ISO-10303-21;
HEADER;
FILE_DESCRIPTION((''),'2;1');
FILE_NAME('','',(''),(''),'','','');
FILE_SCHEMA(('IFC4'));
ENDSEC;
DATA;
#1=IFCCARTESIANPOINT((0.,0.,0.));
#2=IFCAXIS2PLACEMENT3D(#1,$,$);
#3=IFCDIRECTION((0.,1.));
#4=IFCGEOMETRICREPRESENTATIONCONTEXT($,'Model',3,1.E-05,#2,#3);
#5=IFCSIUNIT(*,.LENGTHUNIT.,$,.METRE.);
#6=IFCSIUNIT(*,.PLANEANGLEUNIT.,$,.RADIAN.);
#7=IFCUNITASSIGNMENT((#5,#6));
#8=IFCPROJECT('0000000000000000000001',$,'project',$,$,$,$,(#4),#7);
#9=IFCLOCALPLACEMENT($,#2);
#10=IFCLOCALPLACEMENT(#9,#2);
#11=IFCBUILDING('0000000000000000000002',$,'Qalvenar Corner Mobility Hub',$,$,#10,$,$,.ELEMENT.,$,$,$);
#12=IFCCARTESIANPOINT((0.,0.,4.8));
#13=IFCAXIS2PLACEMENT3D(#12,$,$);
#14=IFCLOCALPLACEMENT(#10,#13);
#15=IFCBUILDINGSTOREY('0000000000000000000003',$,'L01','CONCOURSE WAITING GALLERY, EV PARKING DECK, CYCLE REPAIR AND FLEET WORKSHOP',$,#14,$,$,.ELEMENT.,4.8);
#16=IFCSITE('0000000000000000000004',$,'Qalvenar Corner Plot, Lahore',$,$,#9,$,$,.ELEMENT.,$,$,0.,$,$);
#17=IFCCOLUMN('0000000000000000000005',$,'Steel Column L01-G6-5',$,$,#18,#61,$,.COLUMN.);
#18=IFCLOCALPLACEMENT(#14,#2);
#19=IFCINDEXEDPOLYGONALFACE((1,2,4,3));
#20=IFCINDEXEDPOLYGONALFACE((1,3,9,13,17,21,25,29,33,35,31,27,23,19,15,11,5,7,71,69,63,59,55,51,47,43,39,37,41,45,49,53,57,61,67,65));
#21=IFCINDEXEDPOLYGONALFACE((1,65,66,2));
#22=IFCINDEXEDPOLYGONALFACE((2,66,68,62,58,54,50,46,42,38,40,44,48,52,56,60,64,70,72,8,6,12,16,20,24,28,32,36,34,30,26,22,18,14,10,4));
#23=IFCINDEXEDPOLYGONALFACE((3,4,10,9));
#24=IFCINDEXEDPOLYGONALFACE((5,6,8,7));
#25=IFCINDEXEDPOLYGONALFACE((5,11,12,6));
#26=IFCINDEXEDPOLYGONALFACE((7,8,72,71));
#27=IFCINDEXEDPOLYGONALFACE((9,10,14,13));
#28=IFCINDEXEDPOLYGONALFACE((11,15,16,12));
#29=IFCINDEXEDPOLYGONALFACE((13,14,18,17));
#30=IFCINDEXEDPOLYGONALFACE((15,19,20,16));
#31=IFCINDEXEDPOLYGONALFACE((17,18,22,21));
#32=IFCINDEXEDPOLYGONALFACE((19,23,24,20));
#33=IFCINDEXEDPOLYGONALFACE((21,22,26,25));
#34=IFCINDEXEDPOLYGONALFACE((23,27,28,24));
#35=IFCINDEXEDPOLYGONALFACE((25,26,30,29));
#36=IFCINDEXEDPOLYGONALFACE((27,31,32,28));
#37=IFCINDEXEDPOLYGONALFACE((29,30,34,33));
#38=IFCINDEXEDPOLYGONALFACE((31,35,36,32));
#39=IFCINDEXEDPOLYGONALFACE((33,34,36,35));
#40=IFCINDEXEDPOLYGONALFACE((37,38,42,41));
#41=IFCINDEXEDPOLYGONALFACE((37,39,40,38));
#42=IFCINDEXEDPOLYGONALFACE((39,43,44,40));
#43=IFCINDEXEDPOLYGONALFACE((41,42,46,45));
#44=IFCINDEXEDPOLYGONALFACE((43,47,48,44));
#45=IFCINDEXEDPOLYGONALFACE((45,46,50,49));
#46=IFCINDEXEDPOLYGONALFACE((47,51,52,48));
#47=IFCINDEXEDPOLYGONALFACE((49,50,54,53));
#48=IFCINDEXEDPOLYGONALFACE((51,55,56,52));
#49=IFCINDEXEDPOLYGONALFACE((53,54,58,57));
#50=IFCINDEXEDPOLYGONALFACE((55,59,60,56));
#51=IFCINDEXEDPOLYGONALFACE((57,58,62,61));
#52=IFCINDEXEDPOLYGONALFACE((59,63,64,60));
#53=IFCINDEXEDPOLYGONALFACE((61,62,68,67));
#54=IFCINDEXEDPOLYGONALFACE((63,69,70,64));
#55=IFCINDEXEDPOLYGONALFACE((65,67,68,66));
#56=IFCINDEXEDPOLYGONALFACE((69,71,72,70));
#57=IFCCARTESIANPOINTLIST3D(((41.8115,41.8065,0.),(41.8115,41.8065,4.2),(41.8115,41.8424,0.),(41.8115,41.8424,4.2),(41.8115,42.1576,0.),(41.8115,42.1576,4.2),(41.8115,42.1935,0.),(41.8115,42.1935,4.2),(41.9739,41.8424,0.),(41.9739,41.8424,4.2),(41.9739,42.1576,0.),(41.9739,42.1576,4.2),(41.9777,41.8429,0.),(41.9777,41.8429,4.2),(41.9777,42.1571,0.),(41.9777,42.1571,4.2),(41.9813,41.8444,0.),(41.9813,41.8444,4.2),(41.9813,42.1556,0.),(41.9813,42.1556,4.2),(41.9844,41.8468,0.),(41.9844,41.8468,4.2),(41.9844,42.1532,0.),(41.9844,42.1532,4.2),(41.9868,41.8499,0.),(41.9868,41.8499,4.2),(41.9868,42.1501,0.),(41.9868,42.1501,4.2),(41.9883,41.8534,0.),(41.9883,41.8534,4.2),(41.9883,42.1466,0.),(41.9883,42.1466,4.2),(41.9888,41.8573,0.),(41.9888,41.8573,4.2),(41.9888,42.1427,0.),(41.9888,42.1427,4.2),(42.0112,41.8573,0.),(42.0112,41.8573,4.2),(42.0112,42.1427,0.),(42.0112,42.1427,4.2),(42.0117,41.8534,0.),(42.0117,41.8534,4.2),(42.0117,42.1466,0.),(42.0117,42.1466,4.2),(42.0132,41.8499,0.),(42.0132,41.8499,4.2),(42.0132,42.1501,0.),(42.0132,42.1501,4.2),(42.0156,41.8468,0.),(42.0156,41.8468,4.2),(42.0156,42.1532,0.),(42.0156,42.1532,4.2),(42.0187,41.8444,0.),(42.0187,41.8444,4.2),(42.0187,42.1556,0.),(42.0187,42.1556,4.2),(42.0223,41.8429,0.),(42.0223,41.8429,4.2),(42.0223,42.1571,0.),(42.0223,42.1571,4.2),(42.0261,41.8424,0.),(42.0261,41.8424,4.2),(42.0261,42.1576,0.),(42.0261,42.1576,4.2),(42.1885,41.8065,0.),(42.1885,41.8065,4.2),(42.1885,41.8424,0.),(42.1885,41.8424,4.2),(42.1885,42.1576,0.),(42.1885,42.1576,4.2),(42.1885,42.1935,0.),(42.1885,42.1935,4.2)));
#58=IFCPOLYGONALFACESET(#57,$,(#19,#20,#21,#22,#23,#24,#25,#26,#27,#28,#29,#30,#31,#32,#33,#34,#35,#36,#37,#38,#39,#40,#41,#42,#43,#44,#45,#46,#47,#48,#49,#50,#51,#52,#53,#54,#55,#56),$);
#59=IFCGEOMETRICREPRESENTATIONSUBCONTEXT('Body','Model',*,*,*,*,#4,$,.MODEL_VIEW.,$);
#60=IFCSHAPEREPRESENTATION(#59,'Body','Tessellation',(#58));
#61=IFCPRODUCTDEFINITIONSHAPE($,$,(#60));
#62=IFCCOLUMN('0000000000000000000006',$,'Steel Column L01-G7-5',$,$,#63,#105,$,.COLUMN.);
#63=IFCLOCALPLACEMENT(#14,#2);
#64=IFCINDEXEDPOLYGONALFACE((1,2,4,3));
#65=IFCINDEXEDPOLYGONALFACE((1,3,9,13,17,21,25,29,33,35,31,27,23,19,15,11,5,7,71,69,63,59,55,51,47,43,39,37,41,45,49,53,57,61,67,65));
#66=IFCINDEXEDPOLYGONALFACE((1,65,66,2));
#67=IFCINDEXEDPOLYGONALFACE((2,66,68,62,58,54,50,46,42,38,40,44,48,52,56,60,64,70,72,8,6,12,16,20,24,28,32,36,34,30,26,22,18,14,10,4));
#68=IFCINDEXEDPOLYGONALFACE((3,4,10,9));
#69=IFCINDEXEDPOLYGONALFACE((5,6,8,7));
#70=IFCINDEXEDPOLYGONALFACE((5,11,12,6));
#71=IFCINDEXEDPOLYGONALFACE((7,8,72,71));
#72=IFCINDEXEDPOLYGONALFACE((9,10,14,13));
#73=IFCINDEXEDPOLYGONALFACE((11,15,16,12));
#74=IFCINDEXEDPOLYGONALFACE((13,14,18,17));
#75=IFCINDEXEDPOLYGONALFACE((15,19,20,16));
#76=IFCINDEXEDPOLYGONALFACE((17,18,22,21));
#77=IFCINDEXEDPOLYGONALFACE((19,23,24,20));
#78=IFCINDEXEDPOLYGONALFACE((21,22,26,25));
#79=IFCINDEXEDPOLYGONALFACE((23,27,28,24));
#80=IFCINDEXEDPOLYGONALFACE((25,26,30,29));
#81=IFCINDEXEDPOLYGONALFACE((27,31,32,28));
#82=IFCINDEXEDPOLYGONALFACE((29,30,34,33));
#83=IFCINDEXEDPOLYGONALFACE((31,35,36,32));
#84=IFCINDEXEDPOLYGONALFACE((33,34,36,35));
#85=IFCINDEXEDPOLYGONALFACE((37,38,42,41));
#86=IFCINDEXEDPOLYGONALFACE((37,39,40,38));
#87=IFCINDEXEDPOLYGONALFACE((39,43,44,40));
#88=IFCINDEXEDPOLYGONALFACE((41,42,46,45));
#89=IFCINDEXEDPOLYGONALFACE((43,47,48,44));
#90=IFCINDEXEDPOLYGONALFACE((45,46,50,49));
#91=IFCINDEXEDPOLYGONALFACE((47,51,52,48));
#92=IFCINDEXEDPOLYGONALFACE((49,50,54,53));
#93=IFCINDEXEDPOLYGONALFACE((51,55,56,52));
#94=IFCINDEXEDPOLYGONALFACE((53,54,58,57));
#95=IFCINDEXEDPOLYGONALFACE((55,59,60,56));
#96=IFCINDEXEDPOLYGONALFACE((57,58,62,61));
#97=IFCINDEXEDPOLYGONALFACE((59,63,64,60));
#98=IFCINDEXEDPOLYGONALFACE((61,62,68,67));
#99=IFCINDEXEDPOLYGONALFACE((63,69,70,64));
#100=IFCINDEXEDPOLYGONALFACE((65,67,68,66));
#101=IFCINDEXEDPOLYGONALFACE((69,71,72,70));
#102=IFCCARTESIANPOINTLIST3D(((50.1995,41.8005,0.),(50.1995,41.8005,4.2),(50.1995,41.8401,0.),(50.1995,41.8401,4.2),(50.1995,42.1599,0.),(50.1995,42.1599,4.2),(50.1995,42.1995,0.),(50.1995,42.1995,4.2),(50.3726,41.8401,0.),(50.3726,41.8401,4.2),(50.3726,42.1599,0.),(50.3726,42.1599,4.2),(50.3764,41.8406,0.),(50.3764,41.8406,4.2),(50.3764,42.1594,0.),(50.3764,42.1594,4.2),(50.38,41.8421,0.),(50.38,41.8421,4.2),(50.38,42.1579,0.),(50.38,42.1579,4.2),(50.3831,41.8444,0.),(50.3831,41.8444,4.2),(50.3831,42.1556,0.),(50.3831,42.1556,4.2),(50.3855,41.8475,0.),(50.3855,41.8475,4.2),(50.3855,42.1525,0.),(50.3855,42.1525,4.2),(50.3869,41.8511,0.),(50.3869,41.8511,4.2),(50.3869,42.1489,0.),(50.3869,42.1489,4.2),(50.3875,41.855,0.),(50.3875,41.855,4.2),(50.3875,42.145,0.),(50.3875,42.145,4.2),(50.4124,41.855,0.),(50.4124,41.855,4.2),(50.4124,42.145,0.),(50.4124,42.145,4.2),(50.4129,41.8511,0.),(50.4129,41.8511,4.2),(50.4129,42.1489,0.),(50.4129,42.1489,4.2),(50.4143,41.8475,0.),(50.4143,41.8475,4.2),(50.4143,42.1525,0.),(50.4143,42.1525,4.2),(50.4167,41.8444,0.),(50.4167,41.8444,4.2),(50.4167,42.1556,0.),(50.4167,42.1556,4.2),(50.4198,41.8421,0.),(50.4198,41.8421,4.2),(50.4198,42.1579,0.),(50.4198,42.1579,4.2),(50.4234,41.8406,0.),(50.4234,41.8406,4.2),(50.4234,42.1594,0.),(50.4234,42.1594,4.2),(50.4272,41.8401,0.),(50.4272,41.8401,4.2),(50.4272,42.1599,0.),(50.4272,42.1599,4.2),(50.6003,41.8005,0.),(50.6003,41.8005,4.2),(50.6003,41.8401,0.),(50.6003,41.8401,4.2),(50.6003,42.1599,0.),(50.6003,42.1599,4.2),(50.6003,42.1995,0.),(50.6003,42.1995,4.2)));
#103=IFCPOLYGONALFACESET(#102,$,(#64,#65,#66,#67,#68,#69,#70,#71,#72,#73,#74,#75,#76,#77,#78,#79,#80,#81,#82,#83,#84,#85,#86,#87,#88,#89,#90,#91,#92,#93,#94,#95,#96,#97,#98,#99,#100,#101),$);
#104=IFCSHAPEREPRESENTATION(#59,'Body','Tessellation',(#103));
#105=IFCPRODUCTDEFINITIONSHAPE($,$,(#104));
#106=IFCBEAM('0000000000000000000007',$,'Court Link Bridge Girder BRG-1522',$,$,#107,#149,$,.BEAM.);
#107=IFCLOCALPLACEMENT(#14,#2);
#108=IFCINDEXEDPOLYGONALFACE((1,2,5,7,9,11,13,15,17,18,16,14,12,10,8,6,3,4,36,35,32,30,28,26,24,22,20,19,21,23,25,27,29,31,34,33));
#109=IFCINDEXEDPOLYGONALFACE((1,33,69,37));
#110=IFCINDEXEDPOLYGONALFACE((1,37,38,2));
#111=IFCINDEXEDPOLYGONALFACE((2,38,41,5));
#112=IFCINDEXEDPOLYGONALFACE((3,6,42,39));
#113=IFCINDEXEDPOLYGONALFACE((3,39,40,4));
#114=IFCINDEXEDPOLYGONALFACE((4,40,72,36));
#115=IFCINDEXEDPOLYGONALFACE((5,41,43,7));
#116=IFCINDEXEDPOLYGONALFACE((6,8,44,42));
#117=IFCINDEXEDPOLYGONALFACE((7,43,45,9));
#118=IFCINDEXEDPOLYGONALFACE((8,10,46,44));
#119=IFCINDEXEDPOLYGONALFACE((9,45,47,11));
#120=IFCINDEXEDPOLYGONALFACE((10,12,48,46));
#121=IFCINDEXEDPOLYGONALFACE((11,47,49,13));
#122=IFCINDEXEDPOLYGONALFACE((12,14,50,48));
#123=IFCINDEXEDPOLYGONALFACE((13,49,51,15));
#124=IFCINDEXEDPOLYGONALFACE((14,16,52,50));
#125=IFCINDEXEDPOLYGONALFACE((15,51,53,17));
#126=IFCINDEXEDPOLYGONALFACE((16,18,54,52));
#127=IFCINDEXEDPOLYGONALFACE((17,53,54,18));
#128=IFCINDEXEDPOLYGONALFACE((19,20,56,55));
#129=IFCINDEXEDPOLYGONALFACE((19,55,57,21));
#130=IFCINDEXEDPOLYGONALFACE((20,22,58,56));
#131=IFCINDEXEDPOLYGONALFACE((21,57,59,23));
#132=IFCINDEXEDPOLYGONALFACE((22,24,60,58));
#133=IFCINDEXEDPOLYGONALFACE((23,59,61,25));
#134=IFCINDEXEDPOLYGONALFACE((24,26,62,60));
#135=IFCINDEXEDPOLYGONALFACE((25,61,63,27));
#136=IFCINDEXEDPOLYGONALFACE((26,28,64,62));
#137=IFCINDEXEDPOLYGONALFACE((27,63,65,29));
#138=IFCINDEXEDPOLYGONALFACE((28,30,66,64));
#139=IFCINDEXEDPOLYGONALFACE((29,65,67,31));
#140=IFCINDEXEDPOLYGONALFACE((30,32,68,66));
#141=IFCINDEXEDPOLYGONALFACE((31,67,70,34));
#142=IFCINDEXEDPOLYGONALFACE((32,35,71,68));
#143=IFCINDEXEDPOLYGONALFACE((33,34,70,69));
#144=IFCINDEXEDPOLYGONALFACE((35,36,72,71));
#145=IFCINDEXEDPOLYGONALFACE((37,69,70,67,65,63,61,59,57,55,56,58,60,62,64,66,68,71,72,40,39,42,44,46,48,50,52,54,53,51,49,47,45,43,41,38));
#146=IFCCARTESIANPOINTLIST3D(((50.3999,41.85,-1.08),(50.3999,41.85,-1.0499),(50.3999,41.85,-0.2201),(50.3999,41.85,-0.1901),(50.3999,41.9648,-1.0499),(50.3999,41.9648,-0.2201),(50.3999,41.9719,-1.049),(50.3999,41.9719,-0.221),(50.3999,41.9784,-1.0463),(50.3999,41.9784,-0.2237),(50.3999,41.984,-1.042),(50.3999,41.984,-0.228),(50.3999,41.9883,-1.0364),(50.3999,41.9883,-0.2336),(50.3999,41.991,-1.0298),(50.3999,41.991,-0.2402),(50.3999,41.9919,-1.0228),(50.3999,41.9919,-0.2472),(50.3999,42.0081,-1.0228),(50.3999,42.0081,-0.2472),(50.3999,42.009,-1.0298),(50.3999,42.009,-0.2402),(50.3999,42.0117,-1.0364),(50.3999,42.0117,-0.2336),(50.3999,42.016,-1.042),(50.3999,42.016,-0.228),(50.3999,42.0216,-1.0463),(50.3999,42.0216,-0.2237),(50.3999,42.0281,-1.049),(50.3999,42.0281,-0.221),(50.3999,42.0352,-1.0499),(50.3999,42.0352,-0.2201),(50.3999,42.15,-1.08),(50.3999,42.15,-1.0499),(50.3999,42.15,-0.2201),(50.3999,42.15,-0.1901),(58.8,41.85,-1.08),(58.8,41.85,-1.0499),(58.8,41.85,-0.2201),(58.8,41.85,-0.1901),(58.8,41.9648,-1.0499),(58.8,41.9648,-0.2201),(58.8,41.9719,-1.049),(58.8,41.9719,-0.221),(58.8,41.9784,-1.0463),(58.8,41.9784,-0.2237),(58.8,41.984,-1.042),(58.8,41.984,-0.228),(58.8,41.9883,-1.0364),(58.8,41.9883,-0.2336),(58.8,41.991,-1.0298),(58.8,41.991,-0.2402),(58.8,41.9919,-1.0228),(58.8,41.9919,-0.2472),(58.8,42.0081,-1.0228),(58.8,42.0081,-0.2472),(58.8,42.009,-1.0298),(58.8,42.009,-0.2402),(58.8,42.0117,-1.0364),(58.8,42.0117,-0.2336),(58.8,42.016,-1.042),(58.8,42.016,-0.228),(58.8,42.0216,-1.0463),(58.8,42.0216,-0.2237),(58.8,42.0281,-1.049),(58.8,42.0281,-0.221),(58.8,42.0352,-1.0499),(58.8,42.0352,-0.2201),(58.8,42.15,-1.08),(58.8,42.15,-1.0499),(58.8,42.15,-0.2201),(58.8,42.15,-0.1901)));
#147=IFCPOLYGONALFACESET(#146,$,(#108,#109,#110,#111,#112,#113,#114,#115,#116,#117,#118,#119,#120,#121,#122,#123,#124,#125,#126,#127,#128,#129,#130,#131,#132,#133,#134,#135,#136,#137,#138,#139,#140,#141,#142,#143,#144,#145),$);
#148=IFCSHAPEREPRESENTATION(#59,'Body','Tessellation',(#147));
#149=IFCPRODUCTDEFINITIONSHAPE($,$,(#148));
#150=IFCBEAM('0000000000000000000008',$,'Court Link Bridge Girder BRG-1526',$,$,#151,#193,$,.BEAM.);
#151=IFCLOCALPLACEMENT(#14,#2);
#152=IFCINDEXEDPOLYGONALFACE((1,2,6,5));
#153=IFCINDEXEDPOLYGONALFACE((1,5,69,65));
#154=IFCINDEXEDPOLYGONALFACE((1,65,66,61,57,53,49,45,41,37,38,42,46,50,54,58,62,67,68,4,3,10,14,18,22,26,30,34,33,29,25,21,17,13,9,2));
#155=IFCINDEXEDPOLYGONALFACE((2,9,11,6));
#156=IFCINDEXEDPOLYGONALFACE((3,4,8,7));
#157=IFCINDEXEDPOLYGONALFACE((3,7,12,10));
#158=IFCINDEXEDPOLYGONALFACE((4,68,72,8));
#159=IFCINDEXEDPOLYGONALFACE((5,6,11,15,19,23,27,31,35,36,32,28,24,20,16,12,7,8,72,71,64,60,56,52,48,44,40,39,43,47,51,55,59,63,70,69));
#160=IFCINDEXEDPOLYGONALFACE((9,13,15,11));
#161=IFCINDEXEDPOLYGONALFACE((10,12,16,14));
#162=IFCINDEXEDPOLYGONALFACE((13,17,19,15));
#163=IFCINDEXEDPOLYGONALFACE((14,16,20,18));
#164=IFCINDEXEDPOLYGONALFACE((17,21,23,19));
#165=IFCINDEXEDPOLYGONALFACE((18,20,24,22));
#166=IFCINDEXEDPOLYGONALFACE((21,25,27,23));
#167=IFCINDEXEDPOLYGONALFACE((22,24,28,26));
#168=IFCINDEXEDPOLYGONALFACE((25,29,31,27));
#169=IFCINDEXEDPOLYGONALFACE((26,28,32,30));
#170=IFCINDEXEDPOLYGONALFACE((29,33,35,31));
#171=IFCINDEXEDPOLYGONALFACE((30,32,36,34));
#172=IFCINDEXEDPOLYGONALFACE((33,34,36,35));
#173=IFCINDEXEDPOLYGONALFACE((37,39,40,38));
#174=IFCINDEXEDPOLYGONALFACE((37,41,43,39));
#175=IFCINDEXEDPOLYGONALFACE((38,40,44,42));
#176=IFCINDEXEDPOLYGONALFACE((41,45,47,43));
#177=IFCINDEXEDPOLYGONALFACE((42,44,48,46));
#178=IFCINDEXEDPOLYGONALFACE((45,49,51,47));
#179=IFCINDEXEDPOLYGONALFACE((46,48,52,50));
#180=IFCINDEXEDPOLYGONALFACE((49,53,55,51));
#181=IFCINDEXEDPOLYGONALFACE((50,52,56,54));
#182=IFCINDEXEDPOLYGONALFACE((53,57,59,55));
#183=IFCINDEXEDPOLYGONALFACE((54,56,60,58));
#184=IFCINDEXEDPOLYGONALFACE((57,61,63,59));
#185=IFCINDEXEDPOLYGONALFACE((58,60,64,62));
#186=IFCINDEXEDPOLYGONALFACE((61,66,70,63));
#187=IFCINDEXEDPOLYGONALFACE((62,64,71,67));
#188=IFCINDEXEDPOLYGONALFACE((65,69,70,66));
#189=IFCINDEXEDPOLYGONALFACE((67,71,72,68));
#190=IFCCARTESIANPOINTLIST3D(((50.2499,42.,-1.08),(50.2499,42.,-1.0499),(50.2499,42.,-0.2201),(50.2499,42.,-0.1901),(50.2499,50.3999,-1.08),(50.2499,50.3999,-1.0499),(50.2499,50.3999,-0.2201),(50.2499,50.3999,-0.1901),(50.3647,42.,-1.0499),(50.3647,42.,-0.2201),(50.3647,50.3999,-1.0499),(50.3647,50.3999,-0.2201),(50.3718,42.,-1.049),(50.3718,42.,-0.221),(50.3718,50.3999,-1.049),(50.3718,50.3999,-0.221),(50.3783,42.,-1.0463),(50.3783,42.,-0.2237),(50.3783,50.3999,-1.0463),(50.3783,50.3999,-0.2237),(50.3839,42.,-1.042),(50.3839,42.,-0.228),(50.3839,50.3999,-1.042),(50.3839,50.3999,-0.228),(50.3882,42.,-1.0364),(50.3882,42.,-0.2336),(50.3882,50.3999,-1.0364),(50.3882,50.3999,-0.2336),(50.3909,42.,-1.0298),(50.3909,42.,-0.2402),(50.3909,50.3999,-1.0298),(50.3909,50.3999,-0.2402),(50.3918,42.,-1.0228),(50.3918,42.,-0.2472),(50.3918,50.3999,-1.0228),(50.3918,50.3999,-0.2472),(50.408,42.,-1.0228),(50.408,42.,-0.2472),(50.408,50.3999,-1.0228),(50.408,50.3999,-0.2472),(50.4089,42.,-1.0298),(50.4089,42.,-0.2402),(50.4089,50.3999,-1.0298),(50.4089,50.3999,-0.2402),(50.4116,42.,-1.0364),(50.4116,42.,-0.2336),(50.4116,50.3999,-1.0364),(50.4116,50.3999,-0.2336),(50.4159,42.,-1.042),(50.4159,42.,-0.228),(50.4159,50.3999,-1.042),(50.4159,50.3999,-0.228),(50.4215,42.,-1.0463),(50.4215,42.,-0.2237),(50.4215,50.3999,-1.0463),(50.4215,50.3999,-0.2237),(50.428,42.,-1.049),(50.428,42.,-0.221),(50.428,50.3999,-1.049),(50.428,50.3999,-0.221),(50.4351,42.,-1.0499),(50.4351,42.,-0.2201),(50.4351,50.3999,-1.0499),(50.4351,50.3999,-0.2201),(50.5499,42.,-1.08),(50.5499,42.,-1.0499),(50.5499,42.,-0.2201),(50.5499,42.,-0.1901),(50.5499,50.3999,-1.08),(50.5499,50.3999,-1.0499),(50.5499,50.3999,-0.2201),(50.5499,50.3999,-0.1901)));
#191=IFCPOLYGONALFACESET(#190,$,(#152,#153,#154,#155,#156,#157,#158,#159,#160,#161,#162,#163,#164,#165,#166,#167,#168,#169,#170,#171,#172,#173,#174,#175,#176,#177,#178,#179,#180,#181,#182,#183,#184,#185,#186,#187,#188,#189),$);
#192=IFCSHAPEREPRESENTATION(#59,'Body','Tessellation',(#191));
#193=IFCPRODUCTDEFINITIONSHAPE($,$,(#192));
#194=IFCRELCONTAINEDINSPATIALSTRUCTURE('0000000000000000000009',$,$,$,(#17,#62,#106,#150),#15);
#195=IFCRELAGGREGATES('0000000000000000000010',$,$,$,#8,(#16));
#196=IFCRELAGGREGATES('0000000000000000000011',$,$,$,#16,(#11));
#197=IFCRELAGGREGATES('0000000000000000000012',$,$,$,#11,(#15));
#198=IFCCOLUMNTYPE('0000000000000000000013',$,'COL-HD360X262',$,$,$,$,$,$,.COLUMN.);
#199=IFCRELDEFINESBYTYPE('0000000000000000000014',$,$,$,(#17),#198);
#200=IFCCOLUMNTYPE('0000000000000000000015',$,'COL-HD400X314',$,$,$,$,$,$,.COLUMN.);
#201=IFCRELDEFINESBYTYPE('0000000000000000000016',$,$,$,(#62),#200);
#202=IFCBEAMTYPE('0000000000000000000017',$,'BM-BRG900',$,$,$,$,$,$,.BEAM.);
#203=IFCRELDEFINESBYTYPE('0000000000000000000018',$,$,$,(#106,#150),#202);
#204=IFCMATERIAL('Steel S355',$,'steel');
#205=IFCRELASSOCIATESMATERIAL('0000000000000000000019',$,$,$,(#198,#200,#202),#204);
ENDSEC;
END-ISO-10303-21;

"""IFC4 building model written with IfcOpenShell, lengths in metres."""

from ifc_helpers import new_model, si_unit, direction, frame, origin, origin_2d, place, context, subcontext, project, spatial, i_section, extrude, material, material_profile, profile_set, type_object, element, save


model = new_model("IFC4")

# Units and contexts
model_context = context("Model", 3, precision=1e-05, world=origin(), true_north=direction((0.0, 1.0)))
body_context = subcontext(model_context, "Body", "Model", "MODEL_VIEW")
ifc_project = project(units=[si_unit("LENGTHUNIT", "METRE"), si_unit("PLANEANGLEUNIT", "RADIAN")], contexts=[model_context])

# Site, building, storey
site_placement = place(None, origin())
site = spatial("IfcSite", under=ifc_project, at=site_placement, Name="Qalvenar Corner Plot, Lahore", CompositionType="ELEMENT", RefElevation=0.0)
building_placement = place(site_placement, origin())
building = spatial("IfcBuilding", under=site, at=building_placement, Name="Qalvenar Corner Mobility Hub", CompositionType="ELEMENT")
storey_placement = place(building_placement, frame((0.0, 0.0, 4.8)))
storey = spatial("IfcBuildingStorey", under=building, at=storey_placement, Name="L01", Description="CONCOURSE WAITING GALLERY, EV PARKING DECK, CYCLE REPAIR AND FLEET WORKSHOP", CompositionType="ELEMENT", Elevation=4.8)

# Columns
ifc_material_1 = material(Name="Steel S355", Category="steel")
ifc_material_profile_1 = material_profile(ifc_material_1, i_section(OverallWidth=0.377, OverallDepth=0.387, WebThickness=0.0225, FlangeThickness=0.0359, FilletRadius=0.0149, at=origin_2d()), Name="HD360x262")
ifc_profile_set_1 = profile_set([ifc_material_profile_1], Name="Steel S355")
column_type_1 = type_object("IfcColumnType", Name="COL-HD360X262", PredefinedType="COLUMN", material=ifc_profile_set_1)
column_1_placement = place(storey_placement, frame((42.0, 42.0, 0.0), z_axis=(0.0, 0.0, 1.0), x_axis=(1.0, 0.0, 0.0)))
element("IfcColumn", 1, at=column_1_placement, inside=storey, type_object=column_type_1, Name="Steel Column L01-G6-5", PredefinedType="COLUMN", context=body_context, shape_type="SweptSolid", body=[
    extrude(i_section(OverallWidth=0.377, OverallDepth=0.387, WebThickness=0.0225, FlangeThickness=0.0359, FilletRadius=0.0149, at=origin_2d()), origin(), (0.0, 0.0, 1.0), 4.2),
])
ifc_material_profile_2 = material_profile(ifc_material_1, i_section(OverallWidth=0.4009, OverallDepth=0.3989, WebThickness=0.0249, FlangeThickness=0.0396, FilletRadius=0.0149, at=origin_2d()), Name="HD400x314")
ifc_profile_set_2 = profile_set([ifc_material_profile_2], Name="Steel S355")
column_type_2 = type_object("IfcColumnType", Name="COL-HD400X314", PredefinedType="COLUMN", material=ifc_profile_set_2)
column_2_placement = place(storey_placement, frame((50.3999, 42.0, 0.0), z_axis=(0.0, 0.0, 1.0), x_axis=(1.0, 0.0, 0.0)))
element("IfcColumn", 2, at=column_2_placement, inside=storey, type_object=column_type_2, Name="Steel Column L01-G7-5", PredefinedType="COLUMN", context=body_context, shape_type="SweptSolid", body=[
    extrude(i_section(OverallWidth=0.4009, OverallDepth=0.3989, WebThickness=0.0249, FlangeThickness=0.0396, FilletRadius=0.0149, at=origin_2d()), origin(), (0.0, 0.0, 1.0), 4.2),
])

# Beams
ifc_material_profile_3 = material_profile(ifc_material_1, i_section(OverallWidth=0.3, OverallDepth=0.8899, WebThickness=0.0161, FlangeThickness=0.03, FilletRadius=0.0271, at=origin_2d()), Name="HEA900")
ifc_profile_set_3 = profile_set([ifc_material_profile_3], Name="Steel S355")
beam_type_1 = type_object("IfcBeamType", Name="BM-BRG900", PredefinedType="BEAM", material=ifc_profile_set_3)
beam_1_placement = place(storey_placement, frame((50.3999, 42.0, -0.635), z_axis=(1.0, 0.0, 0.0), x_axis=(0.0, 1.0, 0.0)))
element("IfcBeam", 3, at=beam_1_placement, inside=storey, type_object=beam_type_1, Name="Court Link Bridge Girder BRG-1522", PredefinedType="BEAM", context=body_context, shape_type="SweptSolid", body=[
    extrude(i_section(OverallWidth=0.3, OverallDepth=0.8899, WebThickness=0.0161, FlangeThickness=0.03, FilletRadius=0.0271, at=origin_2d()), origin(), (0.0, 0.0, 1.0), 8.4001),
])
beam_2_placement = place(storey_placement, frame((50.3999, 42.0, -0.635), z_axis=(0.0, 1.0, 0.0), x_axis=(-1.0, 0.0, 0.0)))
element("IfcBeam", 4, at=beam_2_placement, inside=storey, type_object=beam_type_1, Name="Court Link Bridge Girder BRG-1526", PredefinedType="BEAM", context=body_context, shape_type="SweptSolid", body=[
    extrude(i_section(OverallWidth=0.3, OverallDepth=0.8899, WebThickness=0.0161, FlangeThickness=0.03, FilletRadius=0.0271, at=origin_2d()), origin(), (0.0, 0.0, 1.0), 8.3999),
])

save(model, "model.ifc")
